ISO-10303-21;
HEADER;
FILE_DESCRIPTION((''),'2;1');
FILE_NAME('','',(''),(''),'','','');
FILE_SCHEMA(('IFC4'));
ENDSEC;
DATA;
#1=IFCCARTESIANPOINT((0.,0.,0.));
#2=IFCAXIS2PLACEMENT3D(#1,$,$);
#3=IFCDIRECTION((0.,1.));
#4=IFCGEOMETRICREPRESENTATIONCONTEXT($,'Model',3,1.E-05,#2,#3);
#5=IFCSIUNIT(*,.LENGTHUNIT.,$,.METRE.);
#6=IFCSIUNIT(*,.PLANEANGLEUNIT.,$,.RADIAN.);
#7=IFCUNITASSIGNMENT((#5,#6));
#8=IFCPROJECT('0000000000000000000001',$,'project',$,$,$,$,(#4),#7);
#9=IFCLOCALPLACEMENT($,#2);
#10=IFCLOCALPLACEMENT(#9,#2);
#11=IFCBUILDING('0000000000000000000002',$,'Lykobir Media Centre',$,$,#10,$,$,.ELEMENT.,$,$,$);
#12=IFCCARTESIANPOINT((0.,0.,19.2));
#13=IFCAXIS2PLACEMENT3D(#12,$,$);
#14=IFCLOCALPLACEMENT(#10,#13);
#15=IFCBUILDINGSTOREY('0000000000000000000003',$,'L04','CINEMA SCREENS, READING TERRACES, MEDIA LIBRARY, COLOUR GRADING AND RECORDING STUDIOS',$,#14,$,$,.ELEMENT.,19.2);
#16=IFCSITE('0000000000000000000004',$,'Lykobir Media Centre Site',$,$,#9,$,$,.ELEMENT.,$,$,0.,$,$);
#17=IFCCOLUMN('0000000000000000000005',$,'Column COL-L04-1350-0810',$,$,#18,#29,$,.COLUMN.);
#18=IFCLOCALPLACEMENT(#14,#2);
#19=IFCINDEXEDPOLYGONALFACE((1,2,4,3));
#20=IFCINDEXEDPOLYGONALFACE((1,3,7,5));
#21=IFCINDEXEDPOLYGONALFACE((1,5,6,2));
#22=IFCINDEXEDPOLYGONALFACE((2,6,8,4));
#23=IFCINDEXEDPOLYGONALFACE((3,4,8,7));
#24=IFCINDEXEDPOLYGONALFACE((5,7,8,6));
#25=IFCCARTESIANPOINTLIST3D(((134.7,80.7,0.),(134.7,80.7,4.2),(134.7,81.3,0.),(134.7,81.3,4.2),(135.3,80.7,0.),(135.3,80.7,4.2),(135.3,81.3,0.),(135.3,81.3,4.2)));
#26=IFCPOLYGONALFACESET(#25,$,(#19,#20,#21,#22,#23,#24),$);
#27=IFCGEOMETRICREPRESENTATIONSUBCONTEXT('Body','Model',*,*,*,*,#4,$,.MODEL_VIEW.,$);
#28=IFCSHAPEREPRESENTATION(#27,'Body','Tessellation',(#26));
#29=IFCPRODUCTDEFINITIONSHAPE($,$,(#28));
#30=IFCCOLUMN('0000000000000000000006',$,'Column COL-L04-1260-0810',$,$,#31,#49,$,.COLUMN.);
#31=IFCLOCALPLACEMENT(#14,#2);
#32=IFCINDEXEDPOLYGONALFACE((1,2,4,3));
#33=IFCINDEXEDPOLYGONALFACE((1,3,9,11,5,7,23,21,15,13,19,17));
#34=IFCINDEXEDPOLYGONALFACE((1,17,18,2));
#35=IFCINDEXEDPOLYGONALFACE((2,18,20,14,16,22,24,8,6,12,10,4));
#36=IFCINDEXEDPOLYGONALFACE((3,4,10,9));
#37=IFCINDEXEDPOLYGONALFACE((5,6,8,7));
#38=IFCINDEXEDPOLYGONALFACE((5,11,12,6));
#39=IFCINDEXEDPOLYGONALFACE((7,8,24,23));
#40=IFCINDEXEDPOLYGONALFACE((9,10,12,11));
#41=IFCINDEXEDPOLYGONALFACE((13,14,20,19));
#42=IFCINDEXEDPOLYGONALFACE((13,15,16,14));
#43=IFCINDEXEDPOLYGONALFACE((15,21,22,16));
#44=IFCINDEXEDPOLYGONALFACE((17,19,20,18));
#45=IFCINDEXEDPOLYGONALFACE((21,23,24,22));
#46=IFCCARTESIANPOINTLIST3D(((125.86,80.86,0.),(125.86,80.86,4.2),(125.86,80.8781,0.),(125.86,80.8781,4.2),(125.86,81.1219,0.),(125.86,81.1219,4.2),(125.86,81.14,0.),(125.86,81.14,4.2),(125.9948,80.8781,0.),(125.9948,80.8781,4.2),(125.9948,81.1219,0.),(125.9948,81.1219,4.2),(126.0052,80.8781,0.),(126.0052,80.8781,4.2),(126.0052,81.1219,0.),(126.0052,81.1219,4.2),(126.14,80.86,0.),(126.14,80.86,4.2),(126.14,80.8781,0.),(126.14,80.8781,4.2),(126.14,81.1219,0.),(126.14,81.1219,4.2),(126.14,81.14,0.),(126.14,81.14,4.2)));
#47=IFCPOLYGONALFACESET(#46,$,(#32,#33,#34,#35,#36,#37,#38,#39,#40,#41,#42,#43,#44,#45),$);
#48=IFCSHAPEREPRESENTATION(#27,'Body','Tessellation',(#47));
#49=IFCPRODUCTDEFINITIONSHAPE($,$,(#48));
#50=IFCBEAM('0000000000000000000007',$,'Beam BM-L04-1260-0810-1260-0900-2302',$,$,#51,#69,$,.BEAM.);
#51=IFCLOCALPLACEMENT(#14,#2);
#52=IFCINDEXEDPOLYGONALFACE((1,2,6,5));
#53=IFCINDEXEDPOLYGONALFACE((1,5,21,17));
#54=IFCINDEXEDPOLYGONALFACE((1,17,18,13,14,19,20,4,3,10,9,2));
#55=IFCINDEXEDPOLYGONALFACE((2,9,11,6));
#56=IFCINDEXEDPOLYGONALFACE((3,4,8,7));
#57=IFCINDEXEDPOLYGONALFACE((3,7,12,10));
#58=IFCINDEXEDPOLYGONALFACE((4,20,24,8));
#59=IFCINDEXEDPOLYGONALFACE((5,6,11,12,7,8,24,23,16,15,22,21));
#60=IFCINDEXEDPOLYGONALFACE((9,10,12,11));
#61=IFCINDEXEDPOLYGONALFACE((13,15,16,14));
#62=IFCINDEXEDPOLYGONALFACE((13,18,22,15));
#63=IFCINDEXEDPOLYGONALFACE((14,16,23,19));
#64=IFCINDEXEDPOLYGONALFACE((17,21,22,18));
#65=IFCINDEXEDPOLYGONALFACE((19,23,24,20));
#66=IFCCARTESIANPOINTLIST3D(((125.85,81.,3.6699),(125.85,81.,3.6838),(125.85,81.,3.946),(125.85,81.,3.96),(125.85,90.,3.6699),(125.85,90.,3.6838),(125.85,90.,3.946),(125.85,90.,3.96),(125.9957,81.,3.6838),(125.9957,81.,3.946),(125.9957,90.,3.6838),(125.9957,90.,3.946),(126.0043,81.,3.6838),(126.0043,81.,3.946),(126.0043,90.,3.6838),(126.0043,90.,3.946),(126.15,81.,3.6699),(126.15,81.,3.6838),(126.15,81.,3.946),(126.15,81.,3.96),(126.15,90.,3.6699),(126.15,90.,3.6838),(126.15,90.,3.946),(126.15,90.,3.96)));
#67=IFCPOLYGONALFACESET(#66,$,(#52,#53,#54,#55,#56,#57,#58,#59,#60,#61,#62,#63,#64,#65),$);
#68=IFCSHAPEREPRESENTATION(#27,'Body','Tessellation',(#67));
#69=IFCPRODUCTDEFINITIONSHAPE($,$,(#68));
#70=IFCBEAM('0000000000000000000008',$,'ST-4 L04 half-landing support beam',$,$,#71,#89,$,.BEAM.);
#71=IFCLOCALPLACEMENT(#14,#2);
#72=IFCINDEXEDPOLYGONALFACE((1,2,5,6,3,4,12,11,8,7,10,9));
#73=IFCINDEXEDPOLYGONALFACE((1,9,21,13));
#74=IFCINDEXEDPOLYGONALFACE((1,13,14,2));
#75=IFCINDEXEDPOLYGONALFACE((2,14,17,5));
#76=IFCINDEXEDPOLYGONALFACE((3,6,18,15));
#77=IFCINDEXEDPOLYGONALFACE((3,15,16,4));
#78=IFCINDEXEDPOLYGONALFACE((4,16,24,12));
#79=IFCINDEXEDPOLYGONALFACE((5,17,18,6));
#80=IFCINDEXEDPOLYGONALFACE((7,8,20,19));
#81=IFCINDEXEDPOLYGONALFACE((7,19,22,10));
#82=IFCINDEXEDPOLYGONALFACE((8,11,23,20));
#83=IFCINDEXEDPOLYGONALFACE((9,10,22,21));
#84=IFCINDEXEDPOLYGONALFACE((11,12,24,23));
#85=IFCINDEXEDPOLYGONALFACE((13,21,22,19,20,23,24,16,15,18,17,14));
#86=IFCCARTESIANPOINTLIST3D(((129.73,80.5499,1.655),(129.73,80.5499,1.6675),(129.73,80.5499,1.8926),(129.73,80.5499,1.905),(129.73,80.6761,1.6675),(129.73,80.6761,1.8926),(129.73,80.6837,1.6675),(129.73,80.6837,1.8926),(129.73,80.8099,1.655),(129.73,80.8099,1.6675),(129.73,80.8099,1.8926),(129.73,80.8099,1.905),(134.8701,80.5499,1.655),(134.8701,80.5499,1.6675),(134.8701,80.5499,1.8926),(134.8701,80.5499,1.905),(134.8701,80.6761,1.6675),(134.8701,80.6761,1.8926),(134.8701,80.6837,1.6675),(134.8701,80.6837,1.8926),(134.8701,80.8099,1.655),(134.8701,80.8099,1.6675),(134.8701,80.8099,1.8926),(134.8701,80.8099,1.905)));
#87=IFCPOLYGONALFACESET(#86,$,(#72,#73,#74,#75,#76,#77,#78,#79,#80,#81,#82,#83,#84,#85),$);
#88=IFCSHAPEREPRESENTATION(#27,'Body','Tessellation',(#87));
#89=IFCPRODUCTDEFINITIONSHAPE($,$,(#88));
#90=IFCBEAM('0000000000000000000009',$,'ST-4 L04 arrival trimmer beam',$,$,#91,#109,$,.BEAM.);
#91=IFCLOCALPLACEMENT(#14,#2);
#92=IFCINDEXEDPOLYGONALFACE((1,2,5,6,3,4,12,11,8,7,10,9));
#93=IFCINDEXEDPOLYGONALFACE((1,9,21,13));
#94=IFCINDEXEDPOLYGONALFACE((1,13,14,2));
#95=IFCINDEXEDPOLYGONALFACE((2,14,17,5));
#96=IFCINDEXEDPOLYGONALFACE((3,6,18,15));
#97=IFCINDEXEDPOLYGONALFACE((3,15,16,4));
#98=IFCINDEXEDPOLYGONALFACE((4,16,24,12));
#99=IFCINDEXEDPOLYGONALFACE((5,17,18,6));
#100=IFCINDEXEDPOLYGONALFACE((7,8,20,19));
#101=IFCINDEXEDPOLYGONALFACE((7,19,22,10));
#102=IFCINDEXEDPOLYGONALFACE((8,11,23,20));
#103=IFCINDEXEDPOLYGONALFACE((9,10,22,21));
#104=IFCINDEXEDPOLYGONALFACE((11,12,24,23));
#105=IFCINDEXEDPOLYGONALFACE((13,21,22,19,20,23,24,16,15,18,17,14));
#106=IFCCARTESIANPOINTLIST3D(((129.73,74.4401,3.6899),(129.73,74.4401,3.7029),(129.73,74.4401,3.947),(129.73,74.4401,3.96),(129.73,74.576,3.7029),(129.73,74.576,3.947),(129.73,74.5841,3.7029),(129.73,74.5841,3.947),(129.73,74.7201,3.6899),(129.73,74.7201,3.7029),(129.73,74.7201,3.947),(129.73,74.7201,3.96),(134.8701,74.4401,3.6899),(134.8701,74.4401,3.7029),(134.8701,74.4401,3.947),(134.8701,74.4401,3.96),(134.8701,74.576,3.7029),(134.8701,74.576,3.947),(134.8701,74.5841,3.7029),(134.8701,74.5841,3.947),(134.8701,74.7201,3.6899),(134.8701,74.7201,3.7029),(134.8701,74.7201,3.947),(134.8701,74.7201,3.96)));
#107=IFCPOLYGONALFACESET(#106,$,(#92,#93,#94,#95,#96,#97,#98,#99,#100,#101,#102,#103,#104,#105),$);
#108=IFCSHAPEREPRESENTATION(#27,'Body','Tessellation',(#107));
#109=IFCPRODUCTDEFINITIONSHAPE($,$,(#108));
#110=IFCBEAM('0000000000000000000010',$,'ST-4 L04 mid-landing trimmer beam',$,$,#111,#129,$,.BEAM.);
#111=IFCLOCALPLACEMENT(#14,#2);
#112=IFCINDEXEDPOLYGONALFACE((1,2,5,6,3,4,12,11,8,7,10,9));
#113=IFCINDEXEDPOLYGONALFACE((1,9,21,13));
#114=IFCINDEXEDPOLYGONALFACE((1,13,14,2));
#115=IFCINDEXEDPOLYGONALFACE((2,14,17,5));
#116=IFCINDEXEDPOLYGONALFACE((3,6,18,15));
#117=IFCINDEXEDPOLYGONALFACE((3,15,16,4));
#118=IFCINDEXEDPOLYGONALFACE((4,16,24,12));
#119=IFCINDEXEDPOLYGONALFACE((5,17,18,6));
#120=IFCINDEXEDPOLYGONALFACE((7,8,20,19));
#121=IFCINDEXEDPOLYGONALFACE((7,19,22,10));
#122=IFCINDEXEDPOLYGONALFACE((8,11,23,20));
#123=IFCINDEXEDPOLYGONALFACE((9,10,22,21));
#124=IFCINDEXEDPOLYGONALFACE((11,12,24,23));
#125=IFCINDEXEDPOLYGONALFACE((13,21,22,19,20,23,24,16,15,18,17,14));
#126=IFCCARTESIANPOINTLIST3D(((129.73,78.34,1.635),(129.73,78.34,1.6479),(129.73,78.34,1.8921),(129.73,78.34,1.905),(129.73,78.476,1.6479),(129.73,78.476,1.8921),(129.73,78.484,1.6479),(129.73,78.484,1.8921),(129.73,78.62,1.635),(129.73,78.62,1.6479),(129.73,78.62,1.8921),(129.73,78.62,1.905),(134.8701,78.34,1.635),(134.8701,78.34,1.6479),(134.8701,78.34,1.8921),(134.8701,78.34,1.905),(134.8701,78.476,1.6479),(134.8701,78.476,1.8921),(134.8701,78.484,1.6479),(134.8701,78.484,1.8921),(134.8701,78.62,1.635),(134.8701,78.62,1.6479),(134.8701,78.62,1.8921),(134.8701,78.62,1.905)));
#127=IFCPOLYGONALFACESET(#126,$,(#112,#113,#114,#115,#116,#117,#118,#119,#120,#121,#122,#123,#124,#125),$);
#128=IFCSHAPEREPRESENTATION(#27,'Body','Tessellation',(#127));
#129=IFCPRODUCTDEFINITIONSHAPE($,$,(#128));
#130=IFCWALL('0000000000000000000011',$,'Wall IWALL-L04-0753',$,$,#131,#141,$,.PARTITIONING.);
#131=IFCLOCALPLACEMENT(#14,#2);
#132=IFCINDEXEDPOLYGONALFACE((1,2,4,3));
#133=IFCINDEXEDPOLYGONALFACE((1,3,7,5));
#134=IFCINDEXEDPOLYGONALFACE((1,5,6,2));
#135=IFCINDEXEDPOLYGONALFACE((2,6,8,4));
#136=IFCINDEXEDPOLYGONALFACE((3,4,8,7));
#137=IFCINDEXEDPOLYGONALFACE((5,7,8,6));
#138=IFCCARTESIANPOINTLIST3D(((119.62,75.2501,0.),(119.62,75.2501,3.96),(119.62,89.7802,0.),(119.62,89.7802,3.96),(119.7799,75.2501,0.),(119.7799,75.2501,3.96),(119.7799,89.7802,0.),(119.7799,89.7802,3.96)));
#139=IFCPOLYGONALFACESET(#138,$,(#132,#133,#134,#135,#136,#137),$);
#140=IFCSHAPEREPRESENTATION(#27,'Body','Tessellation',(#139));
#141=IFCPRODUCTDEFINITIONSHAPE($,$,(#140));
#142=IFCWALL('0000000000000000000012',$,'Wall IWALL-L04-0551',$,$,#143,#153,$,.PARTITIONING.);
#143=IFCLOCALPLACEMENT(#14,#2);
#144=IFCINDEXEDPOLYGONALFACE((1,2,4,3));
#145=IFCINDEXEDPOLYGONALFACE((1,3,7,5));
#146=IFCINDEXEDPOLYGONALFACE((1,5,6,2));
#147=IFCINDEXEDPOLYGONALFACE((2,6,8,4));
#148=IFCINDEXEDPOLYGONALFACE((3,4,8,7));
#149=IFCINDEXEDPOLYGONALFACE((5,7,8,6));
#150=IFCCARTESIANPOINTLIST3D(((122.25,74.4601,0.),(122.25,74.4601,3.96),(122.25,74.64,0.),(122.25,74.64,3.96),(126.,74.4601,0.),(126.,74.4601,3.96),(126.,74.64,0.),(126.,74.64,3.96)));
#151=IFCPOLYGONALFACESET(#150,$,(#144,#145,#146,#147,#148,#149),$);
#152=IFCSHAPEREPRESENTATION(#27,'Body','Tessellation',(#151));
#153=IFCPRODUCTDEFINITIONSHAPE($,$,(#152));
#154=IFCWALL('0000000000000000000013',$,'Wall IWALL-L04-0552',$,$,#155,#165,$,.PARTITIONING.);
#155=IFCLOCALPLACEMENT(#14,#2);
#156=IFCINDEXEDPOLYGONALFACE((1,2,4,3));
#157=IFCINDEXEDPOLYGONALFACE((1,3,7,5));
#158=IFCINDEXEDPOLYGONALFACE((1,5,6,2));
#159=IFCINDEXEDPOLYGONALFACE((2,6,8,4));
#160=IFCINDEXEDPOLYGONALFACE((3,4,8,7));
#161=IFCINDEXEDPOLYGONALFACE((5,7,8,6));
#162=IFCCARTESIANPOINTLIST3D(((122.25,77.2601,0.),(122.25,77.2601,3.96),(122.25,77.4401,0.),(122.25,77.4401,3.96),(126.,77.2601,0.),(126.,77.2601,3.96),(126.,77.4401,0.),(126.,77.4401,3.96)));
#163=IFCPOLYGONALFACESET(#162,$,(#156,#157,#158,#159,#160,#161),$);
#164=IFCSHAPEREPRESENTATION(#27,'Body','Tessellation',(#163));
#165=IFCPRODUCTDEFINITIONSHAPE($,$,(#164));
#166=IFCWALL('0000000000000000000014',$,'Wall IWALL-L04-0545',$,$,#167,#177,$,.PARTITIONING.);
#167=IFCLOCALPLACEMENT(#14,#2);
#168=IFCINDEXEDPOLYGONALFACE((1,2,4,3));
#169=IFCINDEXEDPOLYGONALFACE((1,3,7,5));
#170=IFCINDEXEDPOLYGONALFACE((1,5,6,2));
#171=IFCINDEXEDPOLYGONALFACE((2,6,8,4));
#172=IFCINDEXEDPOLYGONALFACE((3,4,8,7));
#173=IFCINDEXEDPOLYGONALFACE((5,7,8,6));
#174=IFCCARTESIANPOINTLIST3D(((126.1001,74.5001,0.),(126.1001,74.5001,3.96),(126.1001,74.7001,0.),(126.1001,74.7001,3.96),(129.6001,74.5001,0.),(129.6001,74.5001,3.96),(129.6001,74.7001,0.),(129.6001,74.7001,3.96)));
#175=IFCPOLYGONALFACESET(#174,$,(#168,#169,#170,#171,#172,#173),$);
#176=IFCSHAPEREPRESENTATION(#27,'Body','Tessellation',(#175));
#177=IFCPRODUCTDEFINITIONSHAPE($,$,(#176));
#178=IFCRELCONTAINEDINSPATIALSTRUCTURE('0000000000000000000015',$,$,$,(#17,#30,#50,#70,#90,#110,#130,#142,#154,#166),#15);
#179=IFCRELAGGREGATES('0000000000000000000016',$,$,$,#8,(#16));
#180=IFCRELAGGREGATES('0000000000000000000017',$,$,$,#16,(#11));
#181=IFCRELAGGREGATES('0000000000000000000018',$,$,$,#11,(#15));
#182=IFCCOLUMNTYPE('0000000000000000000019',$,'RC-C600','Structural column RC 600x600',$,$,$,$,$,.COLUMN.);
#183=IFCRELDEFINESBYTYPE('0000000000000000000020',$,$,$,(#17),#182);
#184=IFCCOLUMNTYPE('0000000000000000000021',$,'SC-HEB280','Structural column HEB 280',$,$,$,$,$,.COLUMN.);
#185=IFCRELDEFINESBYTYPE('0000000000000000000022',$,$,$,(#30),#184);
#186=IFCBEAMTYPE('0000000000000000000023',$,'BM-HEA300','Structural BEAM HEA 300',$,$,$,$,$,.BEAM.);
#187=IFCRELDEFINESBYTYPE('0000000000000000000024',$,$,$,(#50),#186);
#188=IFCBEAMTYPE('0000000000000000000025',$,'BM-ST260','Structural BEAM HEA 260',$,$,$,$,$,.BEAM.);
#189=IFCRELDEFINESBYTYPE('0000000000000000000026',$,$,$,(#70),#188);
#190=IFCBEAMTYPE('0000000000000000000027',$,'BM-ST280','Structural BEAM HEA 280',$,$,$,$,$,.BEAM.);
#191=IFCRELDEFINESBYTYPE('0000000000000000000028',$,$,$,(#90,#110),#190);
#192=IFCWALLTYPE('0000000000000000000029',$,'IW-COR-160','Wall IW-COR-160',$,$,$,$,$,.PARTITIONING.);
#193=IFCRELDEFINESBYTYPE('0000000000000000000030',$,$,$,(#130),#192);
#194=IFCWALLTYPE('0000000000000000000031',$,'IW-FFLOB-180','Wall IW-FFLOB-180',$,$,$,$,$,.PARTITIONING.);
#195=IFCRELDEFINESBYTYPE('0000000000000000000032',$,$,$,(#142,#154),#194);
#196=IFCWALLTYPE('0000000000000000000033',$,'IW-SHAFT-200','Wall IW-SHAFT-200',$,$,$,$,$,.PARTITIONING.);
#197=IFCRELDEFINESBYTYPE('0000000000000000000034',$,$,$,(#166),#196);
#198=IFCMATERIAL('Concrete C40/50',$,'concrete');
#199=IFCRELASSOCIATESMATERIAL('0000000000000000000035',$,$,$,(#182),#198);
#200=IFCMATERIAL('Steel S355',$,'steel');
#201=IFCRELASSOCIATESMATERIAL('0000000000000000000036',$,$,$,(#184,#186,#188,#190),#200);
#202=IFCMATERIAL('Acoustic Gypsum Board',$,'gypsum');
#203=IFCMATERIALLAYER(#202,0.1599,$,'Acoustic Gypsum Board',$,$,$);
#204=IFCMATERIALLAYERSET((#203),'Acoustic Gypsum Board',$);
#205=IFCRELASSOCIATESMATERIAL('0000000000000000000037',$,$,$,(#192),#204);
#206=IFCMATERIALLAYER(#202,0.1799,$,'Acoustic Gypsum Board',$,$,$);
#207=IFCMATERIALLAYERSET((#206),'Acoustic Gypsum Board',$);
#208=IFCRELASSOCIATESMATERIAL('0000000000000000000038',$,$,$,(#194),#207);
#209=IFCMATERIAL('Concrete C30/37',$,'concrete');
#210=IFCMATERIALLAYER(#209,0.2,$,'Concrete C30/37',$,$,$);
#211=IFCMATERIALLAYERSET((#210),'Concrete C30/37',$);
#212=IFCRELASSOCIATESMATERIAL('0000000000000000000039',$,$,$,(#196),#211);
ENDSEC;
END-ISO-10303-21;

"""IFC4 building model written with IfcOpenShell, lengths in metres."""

from ifc_helpers import new_model, si_unit, direction, frame, frame_2d, origin, origin_2d, place, context, subcontext, project, spatial, rectangle, i_section, extrude, material, layer, layer_set, material_profile, profile_set, type_object, element, save


model = new_model("IFC4")

# Units and contexts
model_context = context("Model", 3, precision=1e-05, world=origin(), true_north=direction((0.0, 1.0)))
body_context = subcontext(model_context, "Body", "Model", "MODEL_VIEW")
ifc_project = project(units=[si_unit("LENGTHUNIT", "METRE"), si_unit("PLANEANGLEUNIT", "RADIAN")], contexts=[model_context])

# Site, building, storey
site_placement = place(None, origin())
site = spatial("IfcSite", under=ifc_project, at=site_placement, Name="Lykobir Media Centre Site", CompositionType="ELEMENT", RefElevation=0.0)
building_placement = place(site_placement, origin())
building = spatial("IfcBuilding", under=site, at=building_placement, Name="Lykobir Media Centre", CompositionType="ELEMENT")
storey_placement = place(building_placement, frame((0.0, 0.0, 19.2)))
storey = spatial("IfcBuildingStorey", under=building, at=storey_placement, Name="L04", Description="CINEMA SCREENS, READING TERRACES, MEDIA LIBRARY, COLOUR GRADING AND RECORDING STUDIOS", CompositionType="ELEMENT", Elevation=19.2)

# Columns
ifc_material_1 = material(Name="Concrete C40/50", Category="concrete")
ifc_material_profile_1 = material_profile(ifc_material_1, rectangle(XDim=0.6001, YDim=0.6001, at=origin_2d()), Name="RC 600x600")
ifc_profile_set_1 = profile_set([ifc_material_profile_1], Name="Concrete C40/50")
column_type_1 = type_object("IfcColumnType", Name="RC-C600", Description="Structural column RC 600x600", PredefinedType="COLUMN", material=ifc_profile_set_1)
column_1_placement = place(storey_placement, frame((135.0, 81.0, 0.0), z_axis=(0.0, 0.0, 1.0), x_axis=(1.0, 0.0, 0.0)))
element("IfcColumn", 1, at=column_1_placement, inside=storey, type_object=column_type_1, Name="Column COL-L04-1350-0810", PredefinedType="COLUMN", context=body_context, shape_type="SweptSolid", body=[
    extrude(rectangle(XDim=0.6001, YDim=0.6001, at=origin_2d()), origin(), (0.0, 0.0, 1.0), 4.2),
])
ifc_material_2 = material(Name="Steel S355", Category="steel")
ifc_material_profile_2 = material_profile(ifc_material_2, i_section(OverallWidth=0.28, OverallDepth=0.28, WebThickness=0.0105, FlangeThickness=0.0181, at=origin_2d()), Name="HEB 280")
ifc_profile_set_2 = profile_set([ifc_material_profile_2], Name="Steel S355")
column_type_2 = type_object("IfcColumnType", Name="SC-HEB280", Description="Structural column HEB 280", PredefinedType="COLUMN", material=ifc_profile_set_2)
column_2_placement = place(storey_placement, frame((126.0, 81.0, 0.0), z_axis=(0.0, 0.0, 1.0), x_axis=(1.0, 0.0, 0.0)))
element("IfcColumn", 2, at=column_2_placement, inside=storey, type_object=column_type_2, Name="Column COL-L04-1260-0810", PredefinedType="COLUMN", context=body_context, shape_type="SweptSolid", body=[
    extrude(i_section(OverallWidth=0.28, OverallDepth=0.28, WebThickness=0.0105, FlangeThickness=0.0181, at=origin_2d()), origin(), (0.0, 0.0, 1.0), 4.2),
])

# Beams
ifc_material_profile_3 = material_profile(ifc_material_2, i_section(OverallWidth=0.3, OverallDepth=0.29, WebThickness=0.0085, FlangeThickness=0.0139, at=origin_2d()), Name="HEA 300")
ifc_profile_set_3 = profile_set([ifc_material_profile_3], Name="Steel S355")
beam_type_1 = type_object("IfcBeamType", Name="BM-HEA300", Description="Structural BEAM HEA 300", PredefinedType="BEAM", material=ifc_profile_set_3)
beam_1_placement = place(storey_placement, frame((126.0, 81.0, 3.8149), z_axis=(0.0, 1.0, 0.0), x_axis=(-1.0, 0.0, 0.0)))
element("IfcBeam", 3, at=beam_1_placement, inside=storey, type_object=beam_type_1, Name="Beam BM-L04-1260-0810-1260-0900-2302", PredefinedType="BEAM", context=body_context, shape_type="SweptSolid", body=[
    extrude(i_section(OverallWidth=0.3, OverallDepth=0.29, WebThickness=0.0085, FlangeThickness=0.0139, at=origin_2d()), origin(), (0.0, 0.0, 1.0), 9.0),
])
ifc_material_profile_4 = material_profile(ifc_material_2, i_section(OverallWidth=0.26, OverallDepth=0.25, WebThickness=0.0076, FlangeThickness=0.0125, at=origin_2d()), Name="HEA 260")
ifc_profile_set_4 = profile_set([ifc_material_profile_4], Name="Steel S355")
beam_type_2 = type_object("IfcBeamType", Name="BM-ST260", Description="Structural BEAM HEA 260", PredefinedType="BEAM", material=ifc_profile_set_4)
beam_2_placement = place(storey_placement, frame((129.73, 80.6799, 1.78), z_axis=(1.0, 0.0, 0.0), x_axis=(0.0, 1.0, 0.0)))
element("IfcBeam", 4, at=beam_2_placement, inside=storey, type_object=beam_type_2, Name="ST-4 L04 half-landing support beam", PredefinedType="BEAM", context=body_context, shape_type="SweptSolid", body=[
    extrude(i_section(OverallWidth=0.26, OverallDepth=0.25, WebThickness=0.0076, FlangeThickness=0.0125, at=origin_2d()), origin(), (0.0, 0.0, 1.0), 5.1401),
])
ifc_material_profile_5 = material_profile(ifc_material_2, i_section(OverallWidth=0.28, OverallDepth=0.27, WebThickness=0.0081, FlangeThickness=0.0129, at=origin_2d()), Name="HEA 280")
ifc_profile_set_5 = profile_set([ifc_material_profile_5], Name="Steel S355")
beam_type_3 = type_object("IfcBeamType", Name="BM-ST280", Description="Structural BEAM HEA 280", PredefinedType="BEAM", material=ifc_profile_set_5)
for number, where, z_axis, x_axis, name in (
    (5, (129.73, 74.5801, 3.825), (1.0, 0.0, 0.0), (0.0, 1.0, 0.0), "ST-4 L04 arrival trimmer beam"),
    (6, (129.73, 78.48, 1.77), (1.0, 0.0, 0.0), (0.0, 1.0, 0.0), "ST-4 L04 mid-landing trimmer beam"),
):
    element("IfcBeam", number, at=place(storey_placement, frame(where, z_axis=z_axis, x_axis=x_axis)), inside=storey, type_object=beam_type_3, Name=name, PredefinedType="BEAM", context=body_context, shape_type="SweptSolid", body=[
        extrude(i_section(OverallWidth=0.28, OverallDepth=0.27, WebThickness=0.0081, FlangeThickness=0.0129, at=origin_2d()), origin(), (0.0, 0.0, 1.0), 5.1401),
    ])

# Walls
ifc_material_3 = material(Name="Acoustic Gypsum Board", Category="gypsum")
ifc_layer_1 = layer(ifc_material_3, 0.1599, Name="Acoustic Gypsum Board")
ifc_layer_set_1 = layer_set([ifc_layer_1], Name="Acoustic Gypsum Board")
wall_type_1 = type_object("IfcWallType", Name="IW-COR-160", Description="Wall IW-COR-160", PredefinedType="PARTITIONING", material=ifc_layer_set_1)
wall_placement = place(storey_placement, frame((119.7, 75.25, 0.0), z_axis=(0.0, 0.0, 1.0), x_axis=(0.0, 1.0, 0.0)))
element("IfcWall", 7, at=wall_placement, inside=storey, type_object=wall_type_1, Name="Wall IWALL-L04-0753", PredefinedType="PARTITIONING", context=body_context, shape_type="SweptSolid", body=[
    extrude(rectangle(XDim=14.53, YDim=0.1599, at=frame_2d((7.2651, 0.0))), origin(), (0.0, 0.0, 1.0), 3.96),
])
ifc_layer_2 = layer(ifc_material_3, 0.1799, Name="Acoustic Gypsum Board")
ifc_layer_set_2 = layer_set([ifc_layer_2], Name="Acoustic Gypsum Board")
wall_type_2 = type_object("IfcWallType", Name="IW-FFLOB-180", Description="Wall IW-FFLOB-180", PredefinedType="PARTITIONING", material=ifc_layer_set_2)
for number, where, z_axis, x_axis, name in (
    (8, (122.25, 74.55, 0.0), (0.0, 0.0, 1.0), (1.0, 0.0, 0.0), "Wall IWALL-L04-0551"),
    (9, (122.25, 77.3501, 0.0), (0.0, 0.0, 1.0), (1.0, 0.0, 0.0), "Wall IWALL-L04-0552"),
):
    element("IfcWall", number, at=place(storey_placement, frame(where, z_axis=z_axis, x_axis=x_axis)), inside=storey, type_object=wall_type_2, Name=name, PredefinedType="PARTITIONING", context=body_context, shape_type="SweptSolid", body=[
        extrude(rectangle(XDim=3.75, YDim=0.1799, at=frame_2d((1.875, 0.0))), origin(), (0.0, 0.0, 1.0), 3.96),
    ])
ifc_material_4 = material(Name="Concrete C30/37", Category="concrete")
ifc_layer_3 = layer(ifc_material_4, 0.2, Name="Concrete C30/37")
ifc_layer_set_3 = layer_set([ifc_layer_3], Name="Concrete C30/37")
wall_type_3 = type_object("IfcWallType", Name="IW-SHAFT-200", Description="Wall IW-SHAFT-200", PredefinedType="PARTITIONING", material=ifc_layer_set_3)
for number, where, z_axis, x_axis, name in (
    (10, (126.1001, 74.6001, 0.0), (0.0, 0.0, 1.0), (1.0, 0.0, 0.0), "Wall IWALL-L04-0545"),
):
    element("IfcWall", number, at=place(storey_placement, frame(where, z_axis=z_axis, x_axis=x_axis)), inside=storey, type_object=wall_type_3, Name=name, PredefinedType="PARTITIONING", context=body_context, shape_type="SweptSolid", body=[
        extrude(rectangle(XDim=3.5, YDim=0.2, at=frame_2d((1.75, 0.0))), origin(), (0.0, 0.0, 1.0), 3.96),
    ])

save(model, "model.ifc")
